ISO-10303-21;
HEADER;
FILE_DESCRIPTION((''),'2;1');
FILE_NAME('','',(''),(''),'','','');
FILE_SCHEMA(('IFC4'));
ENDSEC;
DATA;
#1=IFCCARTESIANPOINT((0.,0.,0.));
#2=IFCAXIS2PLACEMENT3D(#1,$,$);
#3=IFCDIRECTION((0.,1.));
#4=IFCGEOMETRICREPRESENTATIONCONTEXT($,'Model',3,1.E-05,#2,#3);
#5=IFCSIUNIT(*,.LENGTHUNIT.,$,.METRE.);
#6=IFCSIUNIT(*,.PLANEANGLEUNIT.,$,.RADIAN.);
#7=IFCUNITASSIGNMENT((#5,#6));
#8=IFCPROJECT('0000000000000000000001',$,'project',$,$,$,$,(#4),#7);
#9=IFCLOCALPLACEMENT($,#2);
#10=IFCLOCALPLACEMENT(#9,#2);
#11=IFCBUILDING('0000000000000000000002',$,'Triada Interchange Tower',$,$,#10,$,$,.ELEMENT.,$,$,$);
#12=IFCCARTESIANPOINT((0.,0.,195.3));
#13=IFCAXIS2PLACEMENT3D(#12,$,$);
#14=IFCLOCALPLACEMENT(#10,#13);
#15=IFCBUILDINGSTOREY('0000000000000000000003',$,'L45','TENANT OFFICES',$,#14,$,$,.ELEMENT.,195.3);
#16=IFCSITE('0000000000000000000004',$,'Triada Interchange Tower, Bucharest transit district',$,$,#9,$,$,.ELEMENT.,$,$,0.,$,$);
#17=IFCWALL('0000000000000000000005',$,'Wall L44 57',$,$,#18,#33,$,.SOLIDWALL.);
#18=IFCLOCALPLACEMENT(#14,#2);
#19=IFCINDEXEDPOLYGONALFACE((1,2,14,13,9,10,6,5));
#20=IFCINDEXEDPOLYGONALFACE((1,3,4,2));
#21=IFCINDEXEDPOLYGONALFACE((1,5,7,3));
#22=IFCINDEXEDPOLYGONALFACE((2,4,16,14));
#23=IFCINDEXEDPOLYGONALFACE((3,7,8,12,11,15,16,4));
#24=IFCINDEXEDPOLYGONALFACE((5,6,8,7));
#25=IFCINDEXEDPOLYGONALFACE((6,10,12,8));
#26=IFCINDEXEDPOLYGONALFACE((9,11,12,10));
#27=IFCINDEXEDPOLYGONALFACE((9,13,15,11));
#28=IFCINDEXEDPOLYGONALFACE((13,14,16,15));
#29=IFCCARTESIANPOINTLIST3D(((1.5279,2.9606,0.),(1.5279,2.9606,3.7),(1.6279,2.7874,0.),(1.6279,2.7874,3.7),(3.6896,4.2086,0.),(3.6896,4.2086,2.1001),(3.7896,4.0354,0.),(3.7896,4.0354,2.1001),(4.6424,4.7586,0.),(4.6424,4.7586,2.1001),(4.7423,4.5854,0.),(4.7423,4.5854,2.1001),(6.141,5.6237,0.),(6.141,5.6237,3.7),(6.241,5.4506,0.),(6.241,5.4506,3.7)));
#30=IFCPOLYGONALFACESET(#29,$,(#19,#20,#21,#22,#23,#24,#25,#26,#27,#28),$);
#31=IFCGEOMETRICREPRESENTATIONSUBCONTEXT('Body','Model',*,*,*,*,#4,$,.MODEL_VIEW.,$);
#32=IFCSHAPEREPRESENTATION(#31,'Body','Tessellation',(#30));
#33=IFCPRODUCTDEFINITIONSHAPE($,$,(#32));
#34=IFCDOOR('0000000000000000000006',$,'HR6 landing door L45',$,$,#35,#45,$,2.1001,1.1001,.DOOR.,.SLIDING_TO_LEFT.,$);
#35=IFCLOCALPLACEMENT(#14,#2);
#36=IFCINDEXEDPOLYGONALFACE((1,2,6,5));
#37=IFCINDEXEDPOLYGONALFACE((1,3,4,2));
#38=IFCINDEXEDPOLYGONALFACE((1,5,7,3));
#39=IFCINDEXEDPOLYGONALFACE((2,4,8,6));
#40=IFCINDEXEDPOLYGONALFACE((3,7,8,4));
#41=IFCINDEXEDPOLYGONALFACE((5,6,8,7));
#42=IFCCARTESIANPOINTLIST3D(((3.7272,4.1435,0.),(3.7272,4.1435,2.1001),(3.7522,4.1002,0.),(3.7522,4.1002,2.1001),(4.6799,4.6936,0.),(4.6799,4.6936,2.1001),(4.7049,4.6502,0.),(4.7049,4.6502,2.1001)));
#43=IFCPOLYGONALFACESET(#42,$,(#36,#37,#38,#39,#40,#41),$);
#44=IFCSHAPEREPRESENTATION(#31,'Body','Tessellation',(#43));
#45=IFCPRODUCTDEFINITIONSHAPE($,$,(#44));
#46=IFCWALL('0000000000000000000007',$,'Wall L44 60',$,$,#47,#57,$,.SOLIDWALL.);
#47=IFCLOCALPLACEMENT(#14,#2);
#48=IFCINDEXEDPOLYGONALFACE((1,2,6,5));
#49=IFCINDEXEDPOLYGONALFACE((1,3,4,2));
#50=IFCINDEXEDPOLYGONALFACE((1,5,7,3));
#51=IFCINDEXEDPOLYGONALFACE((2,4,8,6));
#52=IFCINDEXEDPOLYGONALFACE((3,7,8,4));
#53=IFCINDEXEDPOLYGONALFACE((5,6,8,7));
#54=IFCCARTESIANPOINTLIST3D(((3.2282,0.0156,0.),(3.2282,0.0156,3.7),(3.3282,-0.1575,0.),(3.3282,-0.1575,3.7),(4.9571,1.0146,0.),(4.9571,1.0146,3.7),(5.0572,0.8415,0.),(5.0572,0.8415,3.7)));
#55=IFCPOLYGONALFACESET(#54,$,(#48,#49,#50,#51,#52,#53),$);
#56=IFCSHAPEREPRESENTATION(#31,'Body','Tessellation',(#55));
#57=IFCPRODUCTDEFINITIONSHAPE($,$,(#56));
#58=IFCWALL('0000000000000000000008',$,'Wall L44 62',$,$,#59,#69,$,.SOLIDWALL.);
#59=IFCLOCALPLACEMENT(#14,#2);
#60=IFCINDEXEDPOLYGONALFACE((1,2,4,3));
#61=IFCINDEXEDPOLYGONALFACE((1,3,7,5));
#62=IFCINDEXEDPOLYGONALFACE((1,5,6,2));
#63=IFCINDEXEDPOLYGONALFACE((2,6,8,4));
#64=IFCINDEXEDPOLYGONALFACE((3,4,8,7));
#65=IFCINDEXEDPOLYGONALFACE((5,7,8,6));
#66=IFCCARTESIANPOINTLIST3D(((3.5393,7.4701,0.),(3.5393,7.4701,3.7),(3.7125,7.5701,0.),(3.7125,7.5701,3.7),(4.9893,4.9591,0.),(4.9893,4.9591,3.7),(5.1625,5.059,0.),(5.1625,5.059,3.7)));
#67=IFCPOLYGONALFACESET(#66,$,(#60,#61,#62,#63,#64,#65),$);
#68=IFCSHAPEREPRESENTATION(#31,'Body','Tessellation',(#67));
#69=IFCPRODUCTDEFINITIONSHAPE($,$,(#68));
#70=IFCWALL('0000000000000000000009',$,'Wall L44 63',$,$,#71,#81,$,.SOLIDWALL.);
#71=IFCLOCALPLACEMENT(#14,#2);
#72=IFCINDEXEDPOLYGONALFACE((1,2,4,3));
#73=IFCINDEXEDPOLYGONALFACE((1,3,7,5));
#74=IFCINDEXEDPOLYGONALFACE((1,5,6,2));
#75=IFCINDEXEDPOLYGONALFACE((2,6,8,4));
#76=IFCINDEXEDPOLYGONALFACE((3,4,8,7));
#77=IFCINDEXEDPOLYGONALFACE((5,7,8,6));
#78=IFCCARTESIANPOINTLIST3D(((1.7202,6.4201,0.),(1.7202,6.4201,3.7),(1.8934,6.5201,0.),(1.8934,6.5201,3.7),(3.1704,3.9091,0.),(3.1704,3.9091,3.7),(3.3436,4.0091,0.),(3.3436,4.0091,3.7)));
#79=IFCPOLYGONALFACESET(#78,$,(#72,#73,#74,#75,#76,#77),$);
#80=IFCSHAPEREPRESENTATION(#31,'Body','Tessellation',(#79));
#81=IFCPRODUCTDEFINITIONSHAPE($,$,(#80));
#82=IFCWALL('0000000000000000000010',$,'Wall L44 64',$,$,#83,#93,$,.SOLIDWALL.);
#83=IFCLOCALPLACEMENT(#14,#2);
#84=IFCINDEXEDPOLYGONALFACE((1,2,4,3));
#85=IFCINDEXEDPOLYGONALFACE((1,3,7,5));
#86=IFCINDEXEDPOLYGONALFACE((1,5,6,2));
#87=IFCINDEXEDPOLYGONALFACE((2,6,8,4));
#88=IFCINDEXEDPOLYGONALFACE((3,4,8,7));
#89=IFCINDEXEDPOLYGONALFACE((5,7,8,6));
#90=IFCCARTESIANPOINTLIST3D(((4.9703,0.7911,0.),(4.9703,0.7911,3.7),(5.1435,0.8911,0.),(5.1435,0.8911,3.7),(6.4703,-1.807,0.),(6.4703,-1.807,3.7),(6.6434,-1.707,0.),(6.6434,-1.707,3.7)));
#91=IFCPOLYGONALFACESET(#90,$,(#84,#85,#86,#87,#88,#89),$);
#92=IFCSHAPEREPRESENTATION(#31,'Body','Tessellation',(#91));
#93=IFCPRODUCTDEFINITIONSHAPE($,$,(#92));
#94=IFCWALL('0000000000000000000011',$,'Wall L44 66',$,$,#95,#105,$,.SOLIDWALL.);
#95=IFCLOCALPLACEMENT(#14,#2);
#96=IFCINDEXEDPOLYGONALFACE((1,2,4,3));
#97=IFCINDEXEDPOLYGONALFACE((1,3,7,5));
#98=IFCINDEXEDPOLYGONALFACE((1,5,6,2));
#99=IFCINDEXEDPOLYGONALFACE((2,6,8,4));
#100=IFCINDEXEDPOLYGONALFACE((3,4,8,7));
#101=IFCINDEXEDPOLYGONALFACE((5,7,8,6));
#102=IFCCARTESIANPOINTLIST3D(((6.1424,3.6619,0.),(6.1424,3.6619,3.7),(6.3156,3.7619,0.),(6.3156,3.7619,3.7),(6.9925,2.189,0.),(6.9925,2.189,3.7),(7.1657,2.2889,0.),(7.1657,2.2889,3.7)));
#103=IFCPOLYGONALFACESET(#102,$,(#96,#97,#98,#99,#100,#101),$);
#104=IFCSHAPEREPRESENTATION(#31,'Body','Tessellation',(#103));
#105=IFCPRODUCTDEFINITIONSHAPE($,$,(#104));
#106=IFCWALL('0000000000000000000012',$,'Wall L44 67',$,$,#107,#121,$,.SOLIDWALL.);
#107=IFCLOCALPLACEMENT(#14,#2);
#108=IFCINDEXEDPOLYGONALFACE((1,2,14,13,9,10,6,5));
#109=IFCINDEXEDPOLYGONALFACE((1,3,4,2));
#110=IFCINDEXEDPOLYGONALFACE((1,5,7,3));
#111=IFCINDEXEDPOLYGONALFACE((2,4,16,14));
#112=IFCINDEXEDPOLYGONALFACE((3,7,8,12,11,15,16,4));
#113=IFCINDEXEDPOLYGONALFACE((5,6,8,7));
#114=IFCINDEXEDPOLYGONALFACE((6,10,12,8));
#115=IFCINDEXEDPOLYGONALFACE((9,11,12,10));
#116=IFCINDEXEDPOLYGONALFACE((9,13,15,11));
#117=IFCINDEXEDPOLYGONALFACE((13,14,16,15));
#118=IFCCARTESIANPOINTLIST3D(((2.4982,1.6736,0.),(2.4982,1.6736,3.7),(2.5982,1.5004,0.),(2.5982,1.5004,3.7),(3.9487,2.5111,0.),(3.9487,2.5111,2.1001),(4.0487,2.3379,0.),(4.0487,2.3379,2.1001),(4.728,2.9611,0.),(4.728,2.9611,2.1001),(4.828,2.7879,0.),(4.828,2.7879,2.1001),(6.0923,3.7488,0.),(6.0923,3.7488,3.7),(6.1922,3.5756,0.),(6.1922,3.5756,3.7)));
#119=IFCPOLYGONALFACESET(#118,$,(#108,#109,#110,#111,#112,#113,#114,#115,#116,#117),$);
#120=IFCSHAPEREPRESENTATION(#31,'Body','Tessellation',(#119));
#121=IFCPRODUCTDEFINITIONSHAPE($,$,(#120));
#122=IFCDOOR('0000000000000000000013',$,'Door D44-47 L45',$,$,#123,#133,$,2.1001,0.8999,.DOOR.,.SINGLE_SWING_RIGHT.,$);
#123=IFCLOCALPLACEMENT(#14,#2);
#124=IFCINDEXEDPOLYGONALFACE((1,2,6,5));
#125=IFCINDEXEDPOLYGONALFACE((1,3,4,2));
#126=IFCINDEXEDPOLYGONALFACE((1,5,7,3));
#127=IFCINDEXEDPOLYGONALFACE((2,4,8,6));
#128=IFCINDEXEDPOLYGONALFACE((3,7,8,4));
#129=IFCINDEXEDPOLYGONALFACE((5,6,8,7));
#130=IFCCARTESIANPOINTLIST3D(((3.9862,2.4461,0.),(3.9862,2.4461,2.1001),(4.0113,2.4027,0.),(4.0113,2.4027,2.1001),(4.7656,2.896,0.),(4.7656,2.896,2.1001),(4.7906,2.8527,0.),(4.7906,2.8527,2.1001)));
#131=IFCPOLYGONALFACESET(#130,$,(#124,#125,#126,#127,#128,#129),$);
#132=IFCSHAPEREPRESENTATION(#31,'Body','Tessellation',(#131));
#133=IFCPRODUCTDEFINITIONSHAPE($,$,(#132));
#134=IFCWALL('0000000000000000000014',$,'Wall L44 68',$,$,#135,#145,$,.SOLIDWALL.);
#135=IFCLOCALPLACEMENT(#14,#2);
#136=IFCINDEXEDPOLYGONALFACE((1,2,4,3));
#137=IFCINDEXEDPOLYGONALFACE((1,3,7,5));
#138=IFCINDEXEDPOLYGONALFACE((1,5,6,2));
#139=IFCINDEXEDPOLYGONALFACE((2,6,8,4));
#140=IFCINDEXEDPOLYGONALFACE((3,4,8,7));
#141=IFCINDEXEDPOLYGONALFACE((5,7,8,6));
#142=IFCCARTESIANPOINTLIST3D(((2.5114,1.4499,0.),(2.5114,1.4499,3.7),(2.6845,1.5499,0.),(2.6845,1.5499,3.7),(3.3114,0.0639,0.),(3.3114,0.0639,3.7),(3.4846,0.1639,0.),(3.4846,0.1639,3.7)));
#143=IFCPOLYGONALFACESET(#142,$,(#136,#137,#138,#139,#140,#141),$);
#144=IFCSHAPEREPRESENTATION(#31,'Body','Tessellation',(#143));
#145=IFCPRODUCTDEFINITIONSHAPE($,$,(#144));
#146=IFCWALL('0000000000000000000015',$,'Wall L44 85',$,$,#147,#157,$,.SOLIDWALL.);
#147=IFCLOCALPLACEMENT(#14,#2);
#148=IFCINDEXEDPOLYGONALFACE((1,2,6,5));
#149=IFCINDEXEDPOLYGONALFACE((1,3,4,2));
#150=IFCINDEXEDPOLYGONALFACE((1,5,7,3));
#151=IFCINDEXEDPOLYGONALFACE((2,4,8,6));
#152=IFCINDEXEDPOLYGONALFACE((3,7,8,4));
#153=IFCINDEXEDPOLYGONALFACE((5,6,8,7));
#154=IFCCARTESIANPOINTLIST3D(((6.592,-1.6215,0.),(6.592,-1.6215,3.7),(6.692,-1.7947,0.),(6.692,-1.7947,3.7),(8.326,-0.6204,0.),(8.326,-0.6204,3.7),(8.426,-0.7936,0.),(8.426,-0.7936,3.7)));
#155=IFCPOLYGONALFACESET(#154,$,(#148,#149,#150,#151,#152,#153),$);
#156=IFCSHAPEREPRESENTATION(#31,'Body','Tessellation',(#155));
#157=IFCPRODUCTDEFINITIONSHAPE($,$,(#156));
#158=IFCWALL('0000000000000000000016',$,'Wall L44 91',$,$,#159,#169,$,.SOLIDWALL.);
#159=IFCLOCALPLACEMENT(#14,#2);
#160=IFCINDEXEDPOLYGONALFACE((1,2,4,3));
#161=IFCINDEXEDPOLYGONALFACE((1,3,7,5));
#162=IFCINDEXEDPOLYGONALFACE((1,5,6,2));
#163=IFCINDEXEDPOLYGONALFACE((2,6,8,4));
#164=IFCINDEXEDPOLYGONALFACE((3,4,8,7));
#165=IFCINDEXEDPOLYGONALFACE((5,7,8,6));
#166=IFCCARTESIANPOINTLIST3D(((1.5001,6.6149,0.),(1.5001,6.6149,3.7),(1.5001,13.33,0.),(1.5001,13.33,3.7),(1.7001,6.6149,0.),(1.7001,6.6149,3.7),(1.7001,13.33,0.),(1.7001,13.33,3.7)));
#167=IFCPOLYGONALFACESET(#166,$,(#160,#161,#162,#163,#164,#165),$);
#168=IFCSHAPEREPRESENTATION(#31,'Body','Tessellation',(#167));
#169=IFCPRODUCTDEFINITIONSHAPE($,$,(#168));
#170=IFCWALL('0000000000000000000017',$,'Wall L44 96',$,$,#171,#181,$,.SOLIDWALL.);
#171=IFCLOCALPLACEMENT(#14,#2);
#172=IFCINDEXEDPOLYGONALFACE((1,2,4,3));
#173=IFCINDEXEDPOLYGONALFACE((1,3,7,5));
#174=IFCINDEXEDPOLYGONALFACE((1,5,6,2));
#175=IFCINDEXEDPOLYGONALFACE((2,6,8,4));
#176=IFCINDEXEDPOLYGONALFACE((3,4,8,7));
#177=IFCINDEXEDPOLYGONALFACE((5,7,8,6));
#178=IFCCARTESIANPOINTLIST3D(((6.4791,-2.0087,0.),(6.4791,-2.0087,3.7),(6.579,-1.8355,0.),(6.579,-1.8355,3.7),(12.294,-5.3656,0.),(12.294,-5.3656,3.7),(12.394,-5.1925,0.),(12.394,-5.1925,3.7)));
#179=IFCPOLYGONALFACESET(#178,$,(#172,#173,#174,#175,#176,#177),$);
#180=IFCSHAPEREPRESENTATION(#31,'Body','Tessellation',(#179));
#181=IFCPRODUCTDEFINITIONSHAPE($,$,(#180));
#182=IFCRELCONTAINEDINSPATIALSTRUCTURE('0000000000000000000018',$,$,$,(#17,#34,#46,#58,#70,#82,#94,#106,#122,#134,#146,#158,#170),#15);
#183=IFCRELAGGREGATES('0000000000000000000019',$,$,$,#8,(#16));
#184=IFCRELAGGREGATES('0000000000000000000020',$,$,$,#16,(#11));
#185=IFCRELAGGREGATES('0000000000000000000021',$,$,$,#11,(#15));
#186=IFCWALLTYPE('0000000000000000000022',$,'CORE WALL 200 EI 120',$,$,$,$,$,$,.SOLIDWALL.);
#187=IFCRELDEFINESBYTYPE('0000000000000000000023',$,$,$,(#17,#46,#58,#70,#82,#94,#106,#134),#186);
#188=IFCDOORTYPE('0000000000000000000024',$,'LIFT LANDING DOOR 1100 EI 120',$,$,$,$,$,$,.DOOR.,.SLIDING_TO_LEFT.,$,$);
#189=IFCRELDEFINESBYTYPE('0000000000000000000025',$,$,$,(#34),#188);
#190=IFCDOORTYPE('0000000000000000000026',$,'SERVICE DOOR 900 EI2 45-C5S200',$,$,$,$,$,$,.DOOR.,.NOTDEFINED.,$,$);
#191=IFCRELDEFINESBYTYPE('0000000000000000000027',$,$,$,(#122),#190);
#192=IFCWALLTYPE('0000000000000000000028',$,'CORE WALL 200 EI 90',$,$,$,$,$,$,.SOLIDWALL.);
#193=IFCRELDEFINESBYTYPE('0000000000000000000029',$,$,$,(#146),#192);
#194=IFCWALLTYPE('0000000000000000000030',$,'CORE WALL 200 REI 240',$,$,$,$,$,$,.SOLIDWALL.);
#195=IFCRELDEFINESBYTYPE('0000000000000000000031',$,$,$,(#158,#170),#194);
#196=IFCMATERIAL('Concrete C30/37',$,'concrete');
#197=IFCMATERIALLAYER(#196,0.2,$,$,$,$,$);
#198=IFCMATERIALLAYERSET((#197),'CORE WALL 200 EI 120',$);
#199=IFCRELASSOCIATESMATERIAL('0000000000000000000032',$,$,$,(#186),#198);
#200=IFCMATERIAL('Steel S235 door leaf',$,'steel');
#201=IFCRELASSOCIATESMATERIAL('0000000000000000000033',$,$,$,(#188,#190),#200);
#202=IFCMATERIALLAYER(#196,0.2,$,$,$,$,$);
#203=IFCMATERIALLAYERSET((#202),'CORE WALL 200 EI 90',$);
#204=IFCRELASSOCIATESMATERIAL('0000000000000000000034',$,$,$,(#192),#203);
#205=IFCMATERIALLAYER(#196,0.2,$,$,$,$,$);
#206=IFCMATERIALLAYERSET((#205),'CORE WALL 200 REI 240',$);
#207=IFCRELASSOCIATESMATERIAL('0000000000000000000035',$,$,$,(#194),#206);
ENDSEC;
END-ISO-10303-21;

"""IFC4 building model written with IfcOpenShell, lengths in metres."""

from ifc_helpers import new_model, si_unit, direction, frame, frame_2d, origin, place, context, subcontext, project, spatial, rectangle, extrude, material, layer, layer_set, type_object, element, fill, save


model = new_model("IFC4")

# Units and contexts
model_context = context("Model", 3, precision=1e-05, world=origin(), true_north=direction((0.0, 1.0)))
body_context = subcontext(model_context, "Body", "Model", "MODEL_VIEW")
ifc_project = project(units=[si_unit("LENGTHUNIT", "METRE"), si_unit("PLANEANGLEUNIT", "RADIAN")], contexts=[model_context])

# Site, building, storey
site_placement = place(None, origin())
site = spatial("IfcSite", under=ifc_project, at=site_placement, Name="Triada Interchange Tower, Bucharest transit district", CompositionType="ELEMENT", RefElevation=0.0)
building_placement = place(site_placement, origin())
building = spatial("IfcBuilding", under=site, at=building_placement, Name="Triada Interchange Tower", CompositionType="ELEMENT")
storey_placement = place(building_placement, frame((0.0, 0.0, 195.3)))
storey = spatial("IfcBuildingStorey", under=building, at=storey_placement, Name="L45", Description="TENANT OFFICES", CompositionType="ELEMENT", Elevation=195.3)

# Shared definitions
ifc_material_1 = material(Name="Concrete C30/37", Category="concrete")
ifc_layer_1 = layer(ifc_material_1, 0.2)
ifc_layer_set_1 = layer_set([ifc_layer_1], Name="CORE WALL 200 EI 120")
wall_type_1 = type_object("IfcWallType", Name="CORE WALL 200 EI 120", PredefinedType="SOLIDWALL", material=ifc_layer_set_1)
ifc_material_2 = material(Name="Steel S235 door leaf", Category="steel")
door_type_1 = type_object("IfcDoorType", Name="LIFT LANDING DOOR 1100 EI 120", OperationType="SLIDING_TO_LEFT", PredefinedType="DOOR", material=ifc_material_2)

# Wall, opening, door
wall_1_placement = place(storey_placement, frame((1.5779, 2.874, 0.0), z_axis=(0.0, 0.0, 1.0), x_axis=(0.866046, 0.499964, 0.0)))
wall_1 = element("IfcWall", 1, at=wall_1_placement, inside=storey, type_object=wall_type_1, Name="Wall L44 57", PredefinedType="SOLIDWALL", context=body_context, shape_type="SweptSolid", body=[
    extrude(rectangle(XDim=5.3267, YDim=0.2, at=frame_2d((2.6633, 0.0))), origin(), (0.0, 0.0, 1.0), 3.7),
])
opening_1_placement = place(wall_1_placement, frame((2.4961, 0.0, 0.0)))
opening_1 = element("IfcOpeningElement", 2, at=opening_1_placement, cuts=wall_1, PredefinedType="OPENING", context=body_context, shape_type="SweptSolid", body=[
    extrude(rectangle(XDim=1.1001, YDim=2.1001, at=frame_2d((0.55, 1.05))), frame((0.0, 0.1099, 0.0), z_axis=(0.0, -1.0, 0.0), x_axis=(1.0, 0.0, 0.0)), (0.0, 0.0, 1.0), 0.22),
])
door_1_placement = place(opening_1_placement, origin())
door_1 = element("IfcDoor", 3, at=door_1_placement, inside=storey, type_object=door_type_1, Name="HR6 landing door L45", OperationType="SLIDING_TO_LEFT", OverallHeight=2.1001, OverallWidth=1.1001, PredefinedType="DOOR", context=body_context, shape_type="SweptSolid", body=[
    extrude(rectangle(XDim=1.1001, YDim=2.1001, at=frame_2d((0.55, 1.05))), frame((0.0, 0.0249, 0.0), z_axis=(0.0, -1.0, 0.0), x_axis=(1.0, 0.0, 0.0)), (0.0, 0.0, 1.0), 0.05),
])
fill(opening_1, door_1)

# Walls
wall_2_placement = place(storey_placement, frame((3.2781, -0.071, 0.0), z_axis=(0.0, 0.0, 1.0), x_axis=(0.865856, 0.500294, 0.0)))
element("IfcWall", 4, at=wall_2_placement, inside=storey, type_object=wall_type_1, Name="Wall L44 60", PredefinedType="SOLIDWALL", context=body_context, shape_type="SweptSolid", body=[
    extrude(rectangle(XDim=1.9968, YDim=0.2, at=frame_2d((0.9985, 0.0))), origin(), (0.0, 0.0, 1.0), 3.7),
])
for number, where, z_axis, x_axis, name in (
    (5, (3.626, 7.52, 0.0), (0.0, 0.0, 1.0), (0.50006, -0.865991, 0.0), "Wall L44 62"),
    (6, (1.8069, 6.47, 0.0), (0.0, 0.0, 1.0), (0.500123, -0.865954, 0.0), "Wall L44 63"),
):
    element("IfcWall", number, at=place(storey_placement, frame(where, z_axis=z_axis, x_axis=x_axis)), inside=storey, type_object=wall_type_1, Name=name, PredefinedType="SOLIDWALL", context=body_context, shape_type="SweptSolid", body=[
        extrude(rectangle(XDim=2.8997, YDim=0.2, at=frame_2d((1.4497, 0.0))), origin(), (0.0, 0.0, 1.0), 3.7),
    ])
wall_3_placement = place(storey_placement, frame((5.0569, 0.8411, 0.0), z_axis=(0.0, 0.0, 1.0), x_axis=(0.49999, -0.866031, 0.0)))
element("IfcWall", 7, at=wall_3_placement, inside=storey, type_object=wall_type_1, Name="Wall L44 64", PredefinedType="SOLIDWALL", context=body_context, shape_type="SweptSolid", body=[
    extrude(rectangle(XDim=3.0, YDim=0.2, at=frame_2d((1.5, 0.0))), origin(), (0.0, 0.0, 1.0), 3.7),
])
wall_4_placement = place(storey_placement, frame((6.229, 3.7119, 0.0), z_axis=(0.0, 0.0, 1.0), x_axis=(0.499876, -0.866097, 0.0)))
element("IfcWall", 8, at=wall_4_placement, inside=storey, type_object=wall_type_1, Name="Wall L44 66", PredefinedType="SOLIDWALL", context=body_context, shape_type="SweptSolid", body=[
    extrude(rectangle(XDim=1.7007, YDim=0.2, at=frame_2d((0.8503, 0.0))), origin(), (0.0, 0.0, 1.0), 3.7),
])

# Wall, opening, door
wall_5_placement = place(storey_placement, frame((2.5481, 1.5869, 0.0), z_axis=(0.0, 0.0, 1.0), x_axis=(0.866004, 0.500036, 0.0)))
wall_5 = element("IfcWall", 9, at=wall_5_placement, inside=storey, type_object=wall_type_1, Name="Wall L44 67", PredefinedType="SOLIDWALL", context=body_context, shape_type="SweptSolid", body=[
    extrude(rectangle(XDim=4.1501, YDim=0.2, at=frame_2d((2.0752, 0.0))), origin(), (0.0, 0.0, 1.0), 3.7),
])
opening_2_placement = place(wall_5_placement, frame((1.675, 0.0, 0.0)))
opening_2 = element("IfcOpeningElement", 10, at=opening_2_placement, cuts=wall_5, PredefinedType="OPENING", context=body_context, shape_type="SweptSolid", body=[
    extrude(rectangle(XDim=0.8999, YDim=2.1001, at=frame_2d((0.45, 1.05))), frame((0.0, 0.1099, 0.0), z_axis=(0.0, -1.0, 0.0), x_axis=(1.0, 0.0, 0.0)), (0.0, 0.0, 1.0), 0.22),
])
door_type_2 = type_object("IfcDoorType", Name="SERVICE DOOR 900 EI2 45-C5S200", OperationType="NOTDEFINED", PredefinedType="DOOR", material=ifc_material_2)
door_2_placement = place(opening_2_placement, origin())
door_2 = element("IfcDoor", 11, at=door_2_placement, inside=storey, type_object=door_type_2, Name="Door D44-47 L45", OperationType="SINGLE_SWING_RIGHT", OverallHeight=2.1001, OverallWidth=0.8999, PredefinedType="DOOR", context=body_context, shape_type="SweptSolid", body=[
    extrude(rectangle(XDim=0.8999, YDim=2.1001, at=frame_2d((0.45, 1.05))), frame((0.0, 0.0249, 0.0), z_axis=(0.0, -1.0, 0.0), x_axis=(1.0, 0.0, 0.0)), (0.0, 0.0, 1.0), 0.05),
])
fill(opening_2, door_2)

# Walls
wall_6_placement = place(storey_placement, frame((2.5979, 1.5, 0.0), z_axis=(0.0, 0.0, 1.0), x_axis=(0.499929, -0.866066, 0.0)))
element("IfcWall", 12, at=wall_6_placement, inside=storey, type_object=wall_type_1, Name="Wall L44 68", PredefinedType="SOLIDWALL", context=body_context, shape_type="SweptSolid", body=[
    extrude(rectangle(XDim=1.6003, YDim=0.2, at=frame_2d((0.8003, 0.0))), origin(), (0.0, 0.0, 1.0), 3.7),
])
ifc_layer_2 = layer(ifc_material_1, 0.2)
ifc_layer_set_2 = layer_set([ifc_layer_2], Name="CORE WALL 200 EI 90")
wall_type_2 = type_object("IfcWallType", Name="CORE WALL 200 EI 90", PredefinedType="SOLIDWALL", material=ifc_layer_set_2)
wall_7_placement = place(storey_placement, frame((6.6421, -1.708, 0.0), z_axis=(0.0, 0.0, 1.0), x_axis=(0.866043, 0.499969, 0.0)))
element("IfcWall", 13, at=wall_7_placement, inside=storey, type_object=wall_type_2, Name="Wall L44 85", PredefinedType="SOLIDWALL", context=body_context, shape_type="SweptSolid", body=[
    extrude(rectangle(XDim=2.0022, YDim=0.2, at=frame_2d((1.001, 0.0))), origin(), (0.0, 0.0, 1.0), 3.7),
])
ifc_layer_3 = layer(ifc_material_1, 0.2)
ifc_layer_set_3 = layer_set([ifc_layer_3], Name="CORE WALL 200 REI 240")
wall_type_3 = type_object("IfcWallType", Name="CORE WALL 200 REI 240", PredefinedType="SOLIDWALL", material=ifc_layer_set_3)
wall_8_placement = place(storey_placement, frame((1.6001, 6.615, 0.0), z_axis=(0.0, 0.0, 1.0), x_axis=(0.0, 1.0, 0.0)))
element("IfcWall", 14, at=wall_8_placement, inside=storey, type_object=wall_type_3, Name="Wall L44 91", PredefinedType="SOLIDWALL", context=body_context, shape_type="SweptSolid", body=[
    extrude(rectangle(XDim=6.7151, YDim=0.2, at=frame_2d((3.3574, 0.0))), origin(), (0.0, 0.0, 1.0), 3.7),
])
wall_9_placement = place(storey_placement, frame((6.5291, -1.9221, 0.0), z_axis=(0.0, 0.0, 1.0), x_axis=(0.866046, -0.499964, 0.0)))
element("IfcWall", 15, at=wall_9_placement, inside=storey, type_object=wall_type_3, Name="Wall L44 96", PredefinedType="SOLIDWALL", context=body_context, shape_type="SweptSolid", body=[
    extrude(rectangle(XDim=6.7144, YDim=0.2, at=frame_2d((3.3572, 0.0))), origin(), (0.0, 0.0, 1.0), 3.7),
])

save(model, "model.ifc")
